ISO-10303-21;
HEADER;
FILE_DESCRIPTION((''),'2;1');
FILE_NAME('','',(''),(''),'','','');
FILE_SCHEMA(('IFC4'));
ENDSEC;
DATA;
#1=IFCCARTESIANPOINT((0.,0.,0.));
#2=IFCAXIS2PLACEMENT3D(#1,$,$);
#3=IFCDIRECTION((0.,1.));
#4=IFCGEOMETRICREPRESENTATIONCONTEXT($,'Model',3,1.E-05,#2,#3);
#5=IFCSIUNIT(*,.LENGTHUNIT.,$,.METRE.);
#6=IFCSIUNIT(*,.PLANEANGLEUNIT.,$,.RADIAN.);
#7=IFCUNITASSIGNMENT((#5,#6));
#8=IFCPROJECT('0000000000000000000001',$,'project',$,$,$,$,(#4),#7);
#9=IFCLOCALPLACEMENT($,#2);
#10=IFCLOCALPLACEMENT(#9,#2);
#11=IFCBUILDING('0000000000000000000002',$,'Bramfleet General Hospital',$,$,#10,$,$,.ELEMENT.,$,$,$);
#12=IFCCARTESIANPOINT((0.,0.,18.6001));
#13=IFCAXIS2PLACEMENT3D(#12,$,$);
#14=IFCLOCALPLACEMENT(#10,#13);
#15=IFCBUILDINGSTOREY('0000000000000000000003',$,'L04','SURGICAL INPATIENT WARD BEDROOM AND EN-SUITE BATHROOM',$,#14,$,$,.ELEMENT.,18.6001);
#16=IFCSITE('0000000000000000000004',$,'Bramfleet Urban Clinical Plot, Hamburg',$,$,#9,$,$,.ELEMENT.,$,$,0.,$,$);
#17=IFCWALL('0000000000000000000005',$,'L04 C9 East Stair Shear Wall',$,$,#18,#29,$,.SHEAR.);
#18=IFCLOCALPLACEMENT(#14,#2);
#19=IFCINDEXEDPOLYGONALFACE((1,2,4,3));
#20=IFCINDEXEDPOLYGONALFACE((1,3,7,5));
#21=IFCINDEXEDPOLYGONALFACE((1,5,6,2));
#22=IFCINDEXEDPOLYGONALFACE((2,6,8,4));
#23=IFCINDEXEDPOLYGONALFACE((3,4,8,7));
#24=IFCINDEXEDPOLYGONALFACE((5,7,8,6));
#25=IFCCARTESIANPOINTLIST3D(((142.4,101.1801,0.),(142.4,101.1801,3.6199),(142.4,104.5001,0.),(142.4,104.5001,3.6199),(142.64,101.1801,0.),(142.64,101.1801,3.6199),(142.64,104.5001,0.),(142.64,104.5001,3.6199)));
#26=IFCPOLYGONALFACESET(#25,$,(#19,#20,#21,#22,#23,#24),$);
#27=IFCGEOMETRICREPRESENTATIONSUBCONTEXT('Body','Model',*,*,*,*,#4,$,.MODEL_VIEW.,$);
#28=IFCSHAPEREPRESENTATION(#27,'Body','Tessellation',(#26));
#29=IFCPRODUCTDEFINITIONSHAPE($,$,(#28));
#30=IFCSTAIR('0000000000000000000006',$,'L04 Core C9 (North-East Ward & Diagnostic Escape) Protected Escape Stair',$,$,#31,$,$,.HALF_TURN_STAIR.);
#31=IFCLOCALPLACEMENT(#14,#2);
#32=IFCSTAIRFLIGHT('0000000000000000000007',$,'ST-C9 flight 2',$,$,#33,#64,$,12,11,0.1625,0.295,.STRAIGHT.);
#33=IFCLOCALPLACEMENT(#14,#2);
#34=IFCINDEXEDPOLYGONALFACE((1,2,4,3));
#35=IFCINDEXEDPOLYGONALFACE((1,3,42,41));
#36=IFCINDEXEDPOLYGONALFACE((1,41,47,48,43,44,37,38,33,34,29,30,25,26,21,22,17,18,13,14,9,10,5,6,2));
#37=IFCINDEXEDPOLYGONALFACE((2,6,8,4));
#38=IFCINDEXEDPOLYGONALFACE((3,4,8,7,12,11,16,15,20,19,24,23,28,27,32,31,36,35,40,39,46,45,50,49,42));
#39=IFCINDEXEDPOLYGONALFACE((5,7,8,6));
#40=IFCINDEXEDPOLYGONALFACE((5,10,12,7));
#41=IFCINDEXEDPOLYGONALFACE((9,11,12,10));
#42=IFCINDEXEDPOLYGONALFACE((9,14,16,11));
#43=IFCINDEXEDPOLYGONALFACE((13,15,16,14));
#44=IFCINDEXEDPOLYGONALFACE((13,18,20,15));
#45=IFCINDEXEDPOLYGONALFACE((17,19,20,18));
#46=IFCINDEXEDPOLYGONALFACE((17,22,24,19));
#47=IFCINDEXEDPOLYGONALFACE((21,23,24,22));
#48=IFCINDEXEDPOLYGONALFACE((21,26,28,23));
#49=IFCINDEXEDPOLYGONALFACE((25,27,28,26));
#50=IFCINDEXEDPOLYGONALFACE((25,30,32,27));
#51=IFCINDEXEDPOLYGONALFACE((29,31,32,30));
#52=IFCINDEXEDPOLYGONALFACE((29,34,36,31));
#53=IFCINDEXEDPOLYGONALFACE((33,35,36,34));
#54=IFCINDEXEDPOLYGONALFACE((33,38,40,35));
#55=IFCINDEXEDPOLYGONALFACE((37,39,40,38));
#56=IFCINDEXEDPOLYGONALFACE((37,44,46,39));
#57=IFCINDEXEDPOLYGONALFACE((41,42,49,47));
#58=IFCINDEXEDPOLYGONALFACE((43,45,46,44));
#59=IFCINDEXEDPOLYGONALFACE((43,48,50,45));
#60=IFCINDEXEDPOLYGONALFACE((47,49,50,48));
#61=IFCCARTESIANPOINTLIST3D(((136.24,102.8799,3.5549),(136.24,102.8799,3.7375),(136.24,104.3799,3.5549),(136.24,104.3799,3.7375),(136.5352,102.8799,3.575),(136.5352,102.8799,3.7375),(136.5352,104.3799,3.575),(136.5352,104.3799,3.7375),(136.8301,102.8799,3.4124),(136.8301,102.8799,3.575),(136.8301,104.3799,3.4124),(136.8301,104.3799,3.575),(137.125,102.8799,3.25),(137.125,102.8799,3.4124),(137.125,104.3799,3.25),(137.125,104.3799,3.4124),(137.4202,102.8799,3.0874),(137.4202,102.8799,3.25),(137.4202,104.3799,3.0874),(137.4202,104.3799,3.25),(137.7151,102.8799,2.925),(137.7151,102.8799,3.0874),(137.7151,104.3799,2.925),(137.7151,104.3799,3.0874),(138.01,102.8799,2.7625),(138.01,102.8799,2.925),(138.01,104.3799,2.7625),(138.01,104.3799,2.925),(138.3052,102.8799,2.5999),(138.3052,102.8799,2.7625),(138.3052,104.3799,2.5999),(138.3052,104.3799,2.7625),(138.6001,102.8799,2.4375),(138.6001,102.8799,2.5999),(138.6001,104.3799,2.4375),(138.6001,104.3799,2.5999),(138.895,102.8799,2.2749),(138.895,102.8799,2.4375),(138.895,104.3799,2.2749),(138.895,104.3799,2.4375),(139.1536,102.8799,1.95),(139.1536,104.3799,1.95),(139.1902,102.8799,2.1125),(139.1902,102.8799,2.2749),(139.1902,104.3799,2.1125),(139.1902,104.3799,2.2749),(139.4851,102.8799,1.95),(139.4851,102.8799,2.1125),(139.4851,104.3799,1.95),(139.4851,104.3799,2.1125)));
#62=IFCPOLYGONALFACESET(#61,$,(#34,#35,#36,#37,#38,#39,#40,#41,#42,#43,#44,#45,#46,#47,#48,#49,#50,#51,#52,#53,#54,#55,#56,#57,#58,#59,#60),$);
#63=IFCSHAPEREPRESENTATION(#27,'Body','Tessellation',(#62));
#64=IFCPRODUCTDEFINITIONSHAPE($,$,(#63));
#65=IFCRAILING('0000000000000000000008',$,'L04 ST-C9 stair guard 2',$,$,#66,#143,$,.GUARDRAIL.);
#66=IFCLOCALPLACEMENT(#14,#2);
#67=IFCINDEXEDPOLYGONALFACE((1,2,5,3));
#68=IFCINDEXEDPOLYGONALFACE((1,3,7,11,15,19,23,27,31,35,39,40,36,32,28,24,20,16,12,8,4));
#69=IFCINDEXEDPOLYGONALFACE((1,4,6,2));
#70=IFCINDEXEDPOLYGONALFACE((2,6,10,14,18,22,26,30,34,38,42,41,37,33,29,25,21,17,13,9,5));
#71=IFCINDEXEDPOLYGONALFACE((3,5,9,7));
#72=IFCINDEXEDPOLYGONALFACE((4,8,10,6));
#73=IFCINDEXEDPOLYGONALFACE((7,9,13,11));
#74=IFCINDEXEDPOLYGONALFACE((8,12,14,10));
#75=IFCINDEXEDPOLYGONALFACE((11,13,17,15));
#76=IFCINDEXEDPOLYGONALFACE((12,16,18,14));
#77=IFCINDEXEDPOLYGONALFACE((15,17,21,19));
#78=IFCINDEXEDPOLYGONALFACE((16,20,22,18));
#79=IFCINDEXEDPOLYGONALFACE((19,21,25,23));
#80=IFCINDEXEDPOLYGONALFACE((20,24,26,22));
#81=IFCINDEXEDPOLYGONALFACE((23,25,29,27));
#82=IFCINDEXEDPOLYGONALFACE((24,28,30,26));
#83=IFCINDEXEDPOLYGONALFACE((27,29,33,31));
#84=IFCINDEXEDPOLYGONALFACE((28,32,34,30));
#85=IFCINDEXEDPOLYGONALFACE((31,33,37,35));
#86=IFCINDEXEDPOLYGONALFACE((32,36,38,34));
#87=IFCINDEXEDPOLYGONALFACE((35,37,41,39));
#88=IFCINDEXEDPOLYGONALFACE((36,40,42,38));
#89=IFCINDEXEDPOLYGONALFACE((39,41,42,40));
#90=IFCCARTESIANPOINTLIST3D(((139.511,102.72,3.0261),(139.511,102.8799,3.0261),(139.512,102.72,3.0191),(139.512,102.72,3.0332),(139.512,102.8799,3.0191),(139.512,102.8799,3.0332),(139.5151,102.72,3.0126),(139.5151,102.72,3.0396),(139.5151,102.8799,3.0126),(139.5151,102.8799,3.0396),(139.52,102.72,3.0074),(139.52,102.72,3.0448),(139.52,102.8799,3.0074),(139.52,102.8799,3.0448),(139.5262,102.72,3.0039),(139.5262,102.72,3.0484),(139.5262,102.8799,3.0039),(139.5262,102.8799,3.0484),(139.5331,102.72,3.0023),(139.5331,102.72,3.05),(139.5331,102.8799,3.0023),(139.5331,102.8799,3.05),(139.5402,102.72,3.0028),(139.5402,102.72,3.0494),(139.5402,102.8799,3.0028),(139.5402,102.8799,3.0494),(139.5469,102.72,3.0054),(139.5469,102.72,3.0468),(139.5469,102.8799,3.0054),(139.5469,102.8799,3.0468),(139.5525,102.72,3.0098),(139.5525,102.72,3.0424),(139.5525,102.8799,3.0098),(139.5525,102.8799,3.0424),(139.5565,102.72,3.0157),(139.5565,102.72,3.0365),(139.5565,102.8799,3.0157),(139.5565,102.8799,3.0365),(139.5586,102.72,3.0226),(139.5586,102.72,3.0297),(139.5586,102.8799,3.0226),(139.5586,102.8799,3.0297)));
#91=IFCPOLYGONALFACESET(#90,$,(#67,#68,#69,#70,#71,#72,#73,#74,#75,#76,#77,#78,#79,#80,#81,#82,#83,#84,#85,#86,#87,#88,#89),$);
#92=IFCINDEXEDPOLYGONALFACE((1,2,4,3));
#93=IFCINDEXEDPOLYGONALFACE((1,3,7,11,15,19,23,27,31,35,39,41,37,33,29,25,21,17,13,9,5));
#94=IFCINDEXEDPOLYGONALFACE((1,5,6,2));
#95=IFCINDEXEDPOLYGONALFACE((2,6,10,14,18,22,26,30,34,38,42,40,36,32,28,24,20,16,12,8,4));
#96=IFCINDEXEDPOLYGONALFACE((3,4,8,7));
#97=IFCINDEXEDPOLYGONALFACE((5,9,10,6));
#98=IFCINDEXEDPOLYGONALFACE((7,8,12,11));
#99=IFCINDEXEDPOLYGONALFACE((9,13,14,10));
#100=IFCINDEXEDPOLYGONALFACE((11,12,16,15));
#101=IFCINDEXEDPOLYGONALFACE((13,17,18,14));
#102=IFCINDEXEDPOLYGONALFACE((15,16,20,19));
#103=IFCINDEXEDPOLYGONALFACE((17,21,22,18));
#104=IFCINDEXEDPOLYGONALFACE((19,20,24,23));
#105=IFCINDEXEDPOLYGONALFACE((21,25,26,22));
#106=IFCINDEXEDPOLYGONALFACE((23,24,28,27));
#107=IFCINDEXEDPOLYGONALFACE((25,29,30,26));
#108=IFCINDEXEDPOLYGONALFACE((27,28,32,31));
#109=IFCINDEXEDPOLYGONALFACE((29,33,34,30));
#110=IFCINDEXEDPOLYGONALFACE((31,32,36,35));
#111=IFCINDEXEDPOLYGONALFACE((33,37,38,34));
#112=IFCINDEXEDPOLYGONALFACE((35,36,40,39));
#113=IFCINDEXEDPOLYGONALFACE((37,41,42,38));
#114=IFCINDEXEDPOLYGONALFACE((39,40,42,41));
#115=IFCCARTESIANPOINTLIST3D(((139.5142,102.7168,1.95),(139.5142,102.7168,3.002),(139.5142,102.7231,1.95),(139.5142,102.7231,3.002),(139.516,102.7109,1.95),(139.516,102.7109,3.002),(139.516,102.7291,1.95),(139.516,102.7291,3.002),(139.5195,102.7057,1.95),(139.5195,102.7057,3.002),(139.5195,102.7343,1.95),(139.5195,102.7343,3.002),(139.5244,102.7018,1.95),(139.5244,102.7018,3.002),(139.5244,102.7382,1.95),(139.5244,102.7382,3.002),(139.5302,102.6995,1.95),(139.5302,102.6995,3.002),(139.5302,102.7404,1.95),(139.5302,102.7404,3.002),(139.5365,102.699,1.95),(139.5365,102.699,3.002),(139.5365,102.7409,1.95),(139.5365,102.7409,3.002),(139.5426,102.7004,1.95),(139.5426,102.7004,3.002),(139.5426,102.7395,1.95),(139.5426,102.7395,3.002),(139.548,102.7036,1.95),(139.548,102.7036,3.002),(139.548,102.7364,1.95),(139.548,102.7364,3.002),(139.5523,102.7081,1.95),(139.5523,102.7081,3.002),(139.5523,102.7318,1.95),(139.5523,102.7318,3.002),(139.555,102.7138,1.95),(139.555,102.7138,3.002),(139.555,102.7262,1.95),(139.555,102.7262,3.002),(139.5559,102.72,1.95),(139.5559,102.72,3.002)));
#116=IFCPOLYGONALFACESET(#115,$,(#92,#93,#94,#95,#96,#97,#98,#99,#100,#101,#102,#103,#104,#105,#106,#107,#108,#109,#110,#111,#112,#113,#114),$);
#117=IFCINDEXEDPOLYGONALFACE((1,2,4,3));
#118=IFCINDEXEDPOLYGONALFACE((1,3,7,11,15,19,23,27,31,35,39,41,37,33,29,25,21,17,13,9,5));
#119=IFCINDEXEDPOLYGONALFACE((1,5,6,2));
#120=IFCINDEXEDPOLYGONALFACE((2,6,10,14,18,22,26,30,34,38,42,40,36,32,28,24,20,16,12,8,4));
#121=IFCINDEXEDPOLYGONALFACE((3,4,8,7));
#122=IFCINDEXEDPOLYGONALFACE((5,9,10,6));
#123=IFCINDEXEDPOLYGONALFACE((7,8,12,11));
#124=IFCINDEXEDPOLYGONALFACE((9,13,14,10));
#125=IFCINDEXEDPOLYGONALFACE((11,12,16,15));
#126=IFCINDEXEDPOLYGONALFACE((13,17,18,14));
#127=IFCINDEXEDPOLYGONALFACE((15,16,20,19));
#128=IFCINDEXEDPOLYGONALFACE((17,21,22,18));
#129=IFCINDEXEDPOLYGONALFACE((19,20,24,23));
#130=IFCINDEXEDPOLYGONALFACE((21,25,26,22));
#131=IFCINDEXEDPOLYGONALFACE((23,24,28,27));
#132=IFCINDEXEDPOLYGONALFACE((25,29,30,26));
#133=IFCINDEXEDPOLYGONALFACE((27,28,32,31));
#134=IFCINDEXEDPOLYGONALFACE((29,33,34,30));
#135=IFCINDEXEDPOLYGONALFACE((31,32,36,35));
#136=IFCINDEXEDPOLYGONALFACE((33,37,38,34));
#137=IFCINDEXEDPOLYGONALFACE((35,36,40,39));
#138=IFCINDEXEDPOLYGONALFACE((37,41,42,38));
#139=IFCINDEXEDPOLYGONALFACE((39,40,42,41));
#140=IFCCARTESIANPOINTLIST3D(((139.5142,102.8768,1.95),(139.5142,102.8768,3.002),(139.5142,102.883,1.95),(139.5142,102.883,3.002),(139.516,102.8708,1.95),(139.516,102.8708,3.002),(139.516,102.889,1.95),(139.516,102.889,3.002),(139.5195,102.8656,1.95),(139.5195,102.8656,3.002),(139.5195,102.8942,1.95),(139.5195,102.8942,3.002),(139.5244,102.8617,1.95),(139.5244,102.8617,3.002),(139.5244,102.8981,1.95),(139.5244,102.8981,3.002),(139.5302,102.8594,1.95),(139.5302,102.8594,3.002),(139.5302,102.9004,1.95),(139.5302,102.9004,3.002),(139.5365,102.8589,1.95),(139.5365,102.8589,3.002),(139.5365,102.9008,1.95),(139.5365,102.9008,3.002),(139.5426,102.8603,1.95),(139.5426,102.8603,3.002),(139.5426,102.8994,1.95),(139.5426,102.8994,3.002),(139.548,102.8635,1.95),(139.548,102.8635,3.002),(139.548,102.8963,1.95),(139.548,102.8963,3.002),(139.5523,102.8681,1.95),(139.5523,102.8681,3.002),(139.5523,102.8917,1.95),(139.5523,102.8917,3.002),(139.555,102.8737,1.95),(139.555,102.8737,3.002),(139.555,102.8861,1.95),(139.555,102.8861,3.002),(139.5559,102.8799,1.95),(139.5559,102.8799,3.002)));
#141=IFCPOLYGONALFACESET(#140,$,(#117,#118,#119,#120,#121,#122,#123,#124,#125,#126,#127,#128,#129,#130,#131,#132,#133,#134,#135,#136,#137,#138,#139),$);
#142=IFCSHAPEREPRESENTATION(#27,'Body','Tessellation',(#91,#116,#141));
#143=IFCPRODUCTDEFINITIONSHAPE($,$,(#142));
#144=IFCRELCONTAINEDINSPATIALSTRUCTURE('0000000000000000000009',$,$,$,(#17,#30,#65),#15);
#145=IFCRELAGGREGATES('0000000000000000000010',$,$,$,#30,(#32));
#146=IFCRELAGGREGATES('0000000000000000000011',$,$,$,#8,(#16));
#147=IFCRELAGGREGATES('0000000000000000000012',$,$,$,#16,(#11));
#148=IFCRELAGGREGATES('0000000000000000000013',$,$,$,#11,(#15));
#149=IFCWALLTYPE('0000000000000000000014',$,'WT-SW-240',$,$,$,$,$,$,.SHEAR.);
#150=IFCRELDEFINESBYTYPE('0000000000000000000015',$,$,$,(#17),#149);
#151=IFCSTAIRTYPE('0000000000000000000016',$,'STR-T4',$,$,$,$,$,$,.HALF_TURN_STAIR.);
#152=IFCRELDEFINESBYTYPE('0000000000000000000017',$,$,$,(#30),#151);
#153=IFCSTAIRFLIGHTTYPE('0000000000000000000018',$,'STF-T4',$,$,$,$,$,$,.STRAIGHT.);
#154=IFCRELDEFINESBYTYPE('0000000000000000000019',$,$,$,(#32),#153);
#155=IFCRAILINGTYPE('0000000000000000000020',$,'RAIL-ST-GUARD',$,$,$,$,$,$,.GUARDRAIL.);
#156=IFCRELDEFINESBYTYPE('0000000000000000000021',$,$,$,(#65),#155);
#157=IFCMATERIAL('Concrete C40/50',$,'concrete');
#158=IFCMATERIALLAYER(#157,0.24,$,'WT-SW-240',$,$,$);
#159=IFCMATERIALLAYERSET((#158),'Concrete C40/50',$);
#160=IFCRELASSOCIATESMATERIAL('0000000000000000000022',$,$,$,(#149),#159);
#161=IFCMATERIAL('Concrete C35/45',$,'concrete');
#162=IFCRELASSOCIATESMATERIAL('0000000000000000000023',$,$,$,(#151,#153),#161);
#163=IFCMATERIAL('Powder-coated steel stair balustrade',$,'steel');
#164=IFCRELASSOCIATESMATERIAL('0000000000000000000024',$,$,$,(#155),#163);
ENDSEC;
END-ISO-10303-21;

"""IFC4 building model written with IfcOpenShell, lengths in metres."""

from ifc_helpers import new_model, si_unit, direction, frame, frame_2d, origin, origin_2d, place, context, subcontext, project, spatial, polyline, rectangle, circle, outline, extrude, material, layer, layer_set, type_object, element, aggregate, save


model = new_model("IFC4")

# Units and contexts
model_context = context("Model", 3, precision=1e-05, world=origin(), true_north=direction((0.0, 1.0)))
body_context = subcontext(model_context, "Body", "Model", "MODEL_VIEW")
ifc_project = project(units=[si_unit("LENGTHUNIT", "METRE"), si_unit("PLANEANGLEUNIT", "RADIAN")], contexts=[model_context])

# Site, building, storey
site_placement = place(None, origin())
site = spatial("IfcSite", under=ifc_project, at=site_placement, Name="Bramfleet Urban Clinical Plot, Hamburg", CompositionType="ELEMENT", RefElevation=0.0)
building_placement = place(site_placement, origin())
building = spatial("IfcBuilding", under=site, at=building_placement, Name="Bramfleet General Hospital", CompositionType="ELEMENT")
storey_placement = place(building_placement, frame((0.0, 0.0, 18.6001)))
storey = spatial("IfcBuildingStorey", under=building, at=storey_placement, Name="L04", Description="SURGICAL INPATIENT WARD BEDROOM AND EN-SUITE BATHROOM", CompositionType="ELEMENT", Elevation=18.6001)

# Wall
ifc_material_1 = material(Name="Concrete C40/50", Category="concrete")
ifc_layer_1 = layer(ifc_material_1, 0.24, Name="WT-SW-240")
ifc_layer_set_1 = layer_set([ifc_layer_1], Name="Concrete C40/50")
wall_type = type_object("IfcWallType", Name="WT-SW-240", PredefinedType="SHEAR", material=ifc_layer_set_1)
wall_placement = place(storey_placement, frame((142.52, 101.1799, 0.0), z_axis=(0.0, 0.0, 1.0), x_axis=(0.0, 1.0, 0.0)))
element("IfcWall", 1, at=wall_placement, inside=storey, type_object=wall_type, Name="L04 C9 East Stair Shear Wall", PredefinedType="SHEAR", context=body_context, shape_type="SweptSolid", body=[
    extrude(rectangle(XDim=3.3201, YDim=0.24, at=frame_2d((1.6602, 0.0))), origin(), (0.0, 0.0, 1.0), 3.6199),
])

# Stair, stair flight
ifc_material_2 = material(Name="Concrete C35/45", Category="concrete")
stair_type = type_object("IfcStairType", Name="STR-T4", PredefinedType="HALF_TURN_STAIR", material=ifc_material_2)
stair_placement = place(storey_placement, origin())
stair = element("IfcStair", 2, at=stair_placement, inside=storey, type_object=stair_type, Name="L04 Core C9 (North-East Ward & Diagnostic Escape) Protected Escape Stair", PredefinedType="HALF_TURN_STAIR")
stair_flight_type = type_object("IfcStairFlightType", Name="STF-T4", PredefinedType="STRAIGHT", material=ifc_material_2)
stair_flight_placement = place(storey_placement, frame((139.4851, 103.6299, 1.95), z_axis=(0.0, 0.0, 1.0), x_axis=(-1.0, 0.0, 0.0)))
stair_flight = element("IfcStairFlight", 3, at=stair_flight_placement, type_object=stair_flight_type, Name="ST-C9 flight 2", NumberOfRisers=12, NumberOfTreads=11, PredefinedType="STRAIGHT", RiserHeight=0.1625, TreadLength=0.295, context=body_context, shape_type="SweptSolid", body=[
    extrude(outline(polyline([(0.0, 0.0), (0.0, 0.1626), (0.2949, 0.1626), (0.2949, 0.325), (0.5901, 0.325), (0.5901, 0.4875), (0.885, 0.4875), (0.885, 0.6499), (1.1799, 0.6499), (1.1799, 0.8125), (1.4751, 0.8125), (1.4751, 0.9751), (1.77, 0.9751), (1.77, 1.1375), (2.0649, 1.1375), (2.0649, 1.3), (2.3601, 1.3), (2.3601, 1.4624), (2.655, 1.4624), (2.655, 1.625), (2.95, 1.625), (2.95, 1.7876), (3.2451, 1.7876), (3.2451, 1.95), (3.2451, 1.605), (0.3315, 0.0), (0.0, 0.0)])), frame((0.0, 0.75, 0.0), z_axis=(0.0, -1.0, 0.0), x_axis=(1.0, 0.0, 0.0)), (0.0, 0.0, 1.0), 1.5),
])
aggregate(stair, [stair_flight])

# Railing
ifc_material_3 = material(Name="Powder-coated steel stair balustrade", Category="steel")
railing_type = type_object("IfcRailingType", Name="RAIL-ST-GUARD", PredefinedType="GUARDRAIL", material=ifc_material_3)
railing_1_placement = place(storey_placement, frame((139.5349, 102.72, 1.95)))
element("IfcRailing", 4, at=railing_1_placement, inside=storey, type_object=railing_type, Name="L04 ST-C9 stair guard 2", PredefinedType="GUARDRAIL", context=body_context, shape_type="SweptSolid", body=[
    extrude(circle(Radius=0.0239, at=origin_2d()), frame((0.0, 0.0, 1.0762), z_axis=(0.0, 1.0, 0.0), x_axis=(-1.0, 0.0, 0.0)), (0.0, 0.0, 1.0), 0.1599),
    extrude(circle(Radius=0.021, at=origin_2d()), origin(), (0.0, 0.0, 1.0), 1.052),
    extrude(circle(Radius=0.021, at=origin_2d()), frame((0.0, 0.1599, 0.0)), (0.0, 0.0, 1.0), 1.052),
])

save(model, "model.ifc")
